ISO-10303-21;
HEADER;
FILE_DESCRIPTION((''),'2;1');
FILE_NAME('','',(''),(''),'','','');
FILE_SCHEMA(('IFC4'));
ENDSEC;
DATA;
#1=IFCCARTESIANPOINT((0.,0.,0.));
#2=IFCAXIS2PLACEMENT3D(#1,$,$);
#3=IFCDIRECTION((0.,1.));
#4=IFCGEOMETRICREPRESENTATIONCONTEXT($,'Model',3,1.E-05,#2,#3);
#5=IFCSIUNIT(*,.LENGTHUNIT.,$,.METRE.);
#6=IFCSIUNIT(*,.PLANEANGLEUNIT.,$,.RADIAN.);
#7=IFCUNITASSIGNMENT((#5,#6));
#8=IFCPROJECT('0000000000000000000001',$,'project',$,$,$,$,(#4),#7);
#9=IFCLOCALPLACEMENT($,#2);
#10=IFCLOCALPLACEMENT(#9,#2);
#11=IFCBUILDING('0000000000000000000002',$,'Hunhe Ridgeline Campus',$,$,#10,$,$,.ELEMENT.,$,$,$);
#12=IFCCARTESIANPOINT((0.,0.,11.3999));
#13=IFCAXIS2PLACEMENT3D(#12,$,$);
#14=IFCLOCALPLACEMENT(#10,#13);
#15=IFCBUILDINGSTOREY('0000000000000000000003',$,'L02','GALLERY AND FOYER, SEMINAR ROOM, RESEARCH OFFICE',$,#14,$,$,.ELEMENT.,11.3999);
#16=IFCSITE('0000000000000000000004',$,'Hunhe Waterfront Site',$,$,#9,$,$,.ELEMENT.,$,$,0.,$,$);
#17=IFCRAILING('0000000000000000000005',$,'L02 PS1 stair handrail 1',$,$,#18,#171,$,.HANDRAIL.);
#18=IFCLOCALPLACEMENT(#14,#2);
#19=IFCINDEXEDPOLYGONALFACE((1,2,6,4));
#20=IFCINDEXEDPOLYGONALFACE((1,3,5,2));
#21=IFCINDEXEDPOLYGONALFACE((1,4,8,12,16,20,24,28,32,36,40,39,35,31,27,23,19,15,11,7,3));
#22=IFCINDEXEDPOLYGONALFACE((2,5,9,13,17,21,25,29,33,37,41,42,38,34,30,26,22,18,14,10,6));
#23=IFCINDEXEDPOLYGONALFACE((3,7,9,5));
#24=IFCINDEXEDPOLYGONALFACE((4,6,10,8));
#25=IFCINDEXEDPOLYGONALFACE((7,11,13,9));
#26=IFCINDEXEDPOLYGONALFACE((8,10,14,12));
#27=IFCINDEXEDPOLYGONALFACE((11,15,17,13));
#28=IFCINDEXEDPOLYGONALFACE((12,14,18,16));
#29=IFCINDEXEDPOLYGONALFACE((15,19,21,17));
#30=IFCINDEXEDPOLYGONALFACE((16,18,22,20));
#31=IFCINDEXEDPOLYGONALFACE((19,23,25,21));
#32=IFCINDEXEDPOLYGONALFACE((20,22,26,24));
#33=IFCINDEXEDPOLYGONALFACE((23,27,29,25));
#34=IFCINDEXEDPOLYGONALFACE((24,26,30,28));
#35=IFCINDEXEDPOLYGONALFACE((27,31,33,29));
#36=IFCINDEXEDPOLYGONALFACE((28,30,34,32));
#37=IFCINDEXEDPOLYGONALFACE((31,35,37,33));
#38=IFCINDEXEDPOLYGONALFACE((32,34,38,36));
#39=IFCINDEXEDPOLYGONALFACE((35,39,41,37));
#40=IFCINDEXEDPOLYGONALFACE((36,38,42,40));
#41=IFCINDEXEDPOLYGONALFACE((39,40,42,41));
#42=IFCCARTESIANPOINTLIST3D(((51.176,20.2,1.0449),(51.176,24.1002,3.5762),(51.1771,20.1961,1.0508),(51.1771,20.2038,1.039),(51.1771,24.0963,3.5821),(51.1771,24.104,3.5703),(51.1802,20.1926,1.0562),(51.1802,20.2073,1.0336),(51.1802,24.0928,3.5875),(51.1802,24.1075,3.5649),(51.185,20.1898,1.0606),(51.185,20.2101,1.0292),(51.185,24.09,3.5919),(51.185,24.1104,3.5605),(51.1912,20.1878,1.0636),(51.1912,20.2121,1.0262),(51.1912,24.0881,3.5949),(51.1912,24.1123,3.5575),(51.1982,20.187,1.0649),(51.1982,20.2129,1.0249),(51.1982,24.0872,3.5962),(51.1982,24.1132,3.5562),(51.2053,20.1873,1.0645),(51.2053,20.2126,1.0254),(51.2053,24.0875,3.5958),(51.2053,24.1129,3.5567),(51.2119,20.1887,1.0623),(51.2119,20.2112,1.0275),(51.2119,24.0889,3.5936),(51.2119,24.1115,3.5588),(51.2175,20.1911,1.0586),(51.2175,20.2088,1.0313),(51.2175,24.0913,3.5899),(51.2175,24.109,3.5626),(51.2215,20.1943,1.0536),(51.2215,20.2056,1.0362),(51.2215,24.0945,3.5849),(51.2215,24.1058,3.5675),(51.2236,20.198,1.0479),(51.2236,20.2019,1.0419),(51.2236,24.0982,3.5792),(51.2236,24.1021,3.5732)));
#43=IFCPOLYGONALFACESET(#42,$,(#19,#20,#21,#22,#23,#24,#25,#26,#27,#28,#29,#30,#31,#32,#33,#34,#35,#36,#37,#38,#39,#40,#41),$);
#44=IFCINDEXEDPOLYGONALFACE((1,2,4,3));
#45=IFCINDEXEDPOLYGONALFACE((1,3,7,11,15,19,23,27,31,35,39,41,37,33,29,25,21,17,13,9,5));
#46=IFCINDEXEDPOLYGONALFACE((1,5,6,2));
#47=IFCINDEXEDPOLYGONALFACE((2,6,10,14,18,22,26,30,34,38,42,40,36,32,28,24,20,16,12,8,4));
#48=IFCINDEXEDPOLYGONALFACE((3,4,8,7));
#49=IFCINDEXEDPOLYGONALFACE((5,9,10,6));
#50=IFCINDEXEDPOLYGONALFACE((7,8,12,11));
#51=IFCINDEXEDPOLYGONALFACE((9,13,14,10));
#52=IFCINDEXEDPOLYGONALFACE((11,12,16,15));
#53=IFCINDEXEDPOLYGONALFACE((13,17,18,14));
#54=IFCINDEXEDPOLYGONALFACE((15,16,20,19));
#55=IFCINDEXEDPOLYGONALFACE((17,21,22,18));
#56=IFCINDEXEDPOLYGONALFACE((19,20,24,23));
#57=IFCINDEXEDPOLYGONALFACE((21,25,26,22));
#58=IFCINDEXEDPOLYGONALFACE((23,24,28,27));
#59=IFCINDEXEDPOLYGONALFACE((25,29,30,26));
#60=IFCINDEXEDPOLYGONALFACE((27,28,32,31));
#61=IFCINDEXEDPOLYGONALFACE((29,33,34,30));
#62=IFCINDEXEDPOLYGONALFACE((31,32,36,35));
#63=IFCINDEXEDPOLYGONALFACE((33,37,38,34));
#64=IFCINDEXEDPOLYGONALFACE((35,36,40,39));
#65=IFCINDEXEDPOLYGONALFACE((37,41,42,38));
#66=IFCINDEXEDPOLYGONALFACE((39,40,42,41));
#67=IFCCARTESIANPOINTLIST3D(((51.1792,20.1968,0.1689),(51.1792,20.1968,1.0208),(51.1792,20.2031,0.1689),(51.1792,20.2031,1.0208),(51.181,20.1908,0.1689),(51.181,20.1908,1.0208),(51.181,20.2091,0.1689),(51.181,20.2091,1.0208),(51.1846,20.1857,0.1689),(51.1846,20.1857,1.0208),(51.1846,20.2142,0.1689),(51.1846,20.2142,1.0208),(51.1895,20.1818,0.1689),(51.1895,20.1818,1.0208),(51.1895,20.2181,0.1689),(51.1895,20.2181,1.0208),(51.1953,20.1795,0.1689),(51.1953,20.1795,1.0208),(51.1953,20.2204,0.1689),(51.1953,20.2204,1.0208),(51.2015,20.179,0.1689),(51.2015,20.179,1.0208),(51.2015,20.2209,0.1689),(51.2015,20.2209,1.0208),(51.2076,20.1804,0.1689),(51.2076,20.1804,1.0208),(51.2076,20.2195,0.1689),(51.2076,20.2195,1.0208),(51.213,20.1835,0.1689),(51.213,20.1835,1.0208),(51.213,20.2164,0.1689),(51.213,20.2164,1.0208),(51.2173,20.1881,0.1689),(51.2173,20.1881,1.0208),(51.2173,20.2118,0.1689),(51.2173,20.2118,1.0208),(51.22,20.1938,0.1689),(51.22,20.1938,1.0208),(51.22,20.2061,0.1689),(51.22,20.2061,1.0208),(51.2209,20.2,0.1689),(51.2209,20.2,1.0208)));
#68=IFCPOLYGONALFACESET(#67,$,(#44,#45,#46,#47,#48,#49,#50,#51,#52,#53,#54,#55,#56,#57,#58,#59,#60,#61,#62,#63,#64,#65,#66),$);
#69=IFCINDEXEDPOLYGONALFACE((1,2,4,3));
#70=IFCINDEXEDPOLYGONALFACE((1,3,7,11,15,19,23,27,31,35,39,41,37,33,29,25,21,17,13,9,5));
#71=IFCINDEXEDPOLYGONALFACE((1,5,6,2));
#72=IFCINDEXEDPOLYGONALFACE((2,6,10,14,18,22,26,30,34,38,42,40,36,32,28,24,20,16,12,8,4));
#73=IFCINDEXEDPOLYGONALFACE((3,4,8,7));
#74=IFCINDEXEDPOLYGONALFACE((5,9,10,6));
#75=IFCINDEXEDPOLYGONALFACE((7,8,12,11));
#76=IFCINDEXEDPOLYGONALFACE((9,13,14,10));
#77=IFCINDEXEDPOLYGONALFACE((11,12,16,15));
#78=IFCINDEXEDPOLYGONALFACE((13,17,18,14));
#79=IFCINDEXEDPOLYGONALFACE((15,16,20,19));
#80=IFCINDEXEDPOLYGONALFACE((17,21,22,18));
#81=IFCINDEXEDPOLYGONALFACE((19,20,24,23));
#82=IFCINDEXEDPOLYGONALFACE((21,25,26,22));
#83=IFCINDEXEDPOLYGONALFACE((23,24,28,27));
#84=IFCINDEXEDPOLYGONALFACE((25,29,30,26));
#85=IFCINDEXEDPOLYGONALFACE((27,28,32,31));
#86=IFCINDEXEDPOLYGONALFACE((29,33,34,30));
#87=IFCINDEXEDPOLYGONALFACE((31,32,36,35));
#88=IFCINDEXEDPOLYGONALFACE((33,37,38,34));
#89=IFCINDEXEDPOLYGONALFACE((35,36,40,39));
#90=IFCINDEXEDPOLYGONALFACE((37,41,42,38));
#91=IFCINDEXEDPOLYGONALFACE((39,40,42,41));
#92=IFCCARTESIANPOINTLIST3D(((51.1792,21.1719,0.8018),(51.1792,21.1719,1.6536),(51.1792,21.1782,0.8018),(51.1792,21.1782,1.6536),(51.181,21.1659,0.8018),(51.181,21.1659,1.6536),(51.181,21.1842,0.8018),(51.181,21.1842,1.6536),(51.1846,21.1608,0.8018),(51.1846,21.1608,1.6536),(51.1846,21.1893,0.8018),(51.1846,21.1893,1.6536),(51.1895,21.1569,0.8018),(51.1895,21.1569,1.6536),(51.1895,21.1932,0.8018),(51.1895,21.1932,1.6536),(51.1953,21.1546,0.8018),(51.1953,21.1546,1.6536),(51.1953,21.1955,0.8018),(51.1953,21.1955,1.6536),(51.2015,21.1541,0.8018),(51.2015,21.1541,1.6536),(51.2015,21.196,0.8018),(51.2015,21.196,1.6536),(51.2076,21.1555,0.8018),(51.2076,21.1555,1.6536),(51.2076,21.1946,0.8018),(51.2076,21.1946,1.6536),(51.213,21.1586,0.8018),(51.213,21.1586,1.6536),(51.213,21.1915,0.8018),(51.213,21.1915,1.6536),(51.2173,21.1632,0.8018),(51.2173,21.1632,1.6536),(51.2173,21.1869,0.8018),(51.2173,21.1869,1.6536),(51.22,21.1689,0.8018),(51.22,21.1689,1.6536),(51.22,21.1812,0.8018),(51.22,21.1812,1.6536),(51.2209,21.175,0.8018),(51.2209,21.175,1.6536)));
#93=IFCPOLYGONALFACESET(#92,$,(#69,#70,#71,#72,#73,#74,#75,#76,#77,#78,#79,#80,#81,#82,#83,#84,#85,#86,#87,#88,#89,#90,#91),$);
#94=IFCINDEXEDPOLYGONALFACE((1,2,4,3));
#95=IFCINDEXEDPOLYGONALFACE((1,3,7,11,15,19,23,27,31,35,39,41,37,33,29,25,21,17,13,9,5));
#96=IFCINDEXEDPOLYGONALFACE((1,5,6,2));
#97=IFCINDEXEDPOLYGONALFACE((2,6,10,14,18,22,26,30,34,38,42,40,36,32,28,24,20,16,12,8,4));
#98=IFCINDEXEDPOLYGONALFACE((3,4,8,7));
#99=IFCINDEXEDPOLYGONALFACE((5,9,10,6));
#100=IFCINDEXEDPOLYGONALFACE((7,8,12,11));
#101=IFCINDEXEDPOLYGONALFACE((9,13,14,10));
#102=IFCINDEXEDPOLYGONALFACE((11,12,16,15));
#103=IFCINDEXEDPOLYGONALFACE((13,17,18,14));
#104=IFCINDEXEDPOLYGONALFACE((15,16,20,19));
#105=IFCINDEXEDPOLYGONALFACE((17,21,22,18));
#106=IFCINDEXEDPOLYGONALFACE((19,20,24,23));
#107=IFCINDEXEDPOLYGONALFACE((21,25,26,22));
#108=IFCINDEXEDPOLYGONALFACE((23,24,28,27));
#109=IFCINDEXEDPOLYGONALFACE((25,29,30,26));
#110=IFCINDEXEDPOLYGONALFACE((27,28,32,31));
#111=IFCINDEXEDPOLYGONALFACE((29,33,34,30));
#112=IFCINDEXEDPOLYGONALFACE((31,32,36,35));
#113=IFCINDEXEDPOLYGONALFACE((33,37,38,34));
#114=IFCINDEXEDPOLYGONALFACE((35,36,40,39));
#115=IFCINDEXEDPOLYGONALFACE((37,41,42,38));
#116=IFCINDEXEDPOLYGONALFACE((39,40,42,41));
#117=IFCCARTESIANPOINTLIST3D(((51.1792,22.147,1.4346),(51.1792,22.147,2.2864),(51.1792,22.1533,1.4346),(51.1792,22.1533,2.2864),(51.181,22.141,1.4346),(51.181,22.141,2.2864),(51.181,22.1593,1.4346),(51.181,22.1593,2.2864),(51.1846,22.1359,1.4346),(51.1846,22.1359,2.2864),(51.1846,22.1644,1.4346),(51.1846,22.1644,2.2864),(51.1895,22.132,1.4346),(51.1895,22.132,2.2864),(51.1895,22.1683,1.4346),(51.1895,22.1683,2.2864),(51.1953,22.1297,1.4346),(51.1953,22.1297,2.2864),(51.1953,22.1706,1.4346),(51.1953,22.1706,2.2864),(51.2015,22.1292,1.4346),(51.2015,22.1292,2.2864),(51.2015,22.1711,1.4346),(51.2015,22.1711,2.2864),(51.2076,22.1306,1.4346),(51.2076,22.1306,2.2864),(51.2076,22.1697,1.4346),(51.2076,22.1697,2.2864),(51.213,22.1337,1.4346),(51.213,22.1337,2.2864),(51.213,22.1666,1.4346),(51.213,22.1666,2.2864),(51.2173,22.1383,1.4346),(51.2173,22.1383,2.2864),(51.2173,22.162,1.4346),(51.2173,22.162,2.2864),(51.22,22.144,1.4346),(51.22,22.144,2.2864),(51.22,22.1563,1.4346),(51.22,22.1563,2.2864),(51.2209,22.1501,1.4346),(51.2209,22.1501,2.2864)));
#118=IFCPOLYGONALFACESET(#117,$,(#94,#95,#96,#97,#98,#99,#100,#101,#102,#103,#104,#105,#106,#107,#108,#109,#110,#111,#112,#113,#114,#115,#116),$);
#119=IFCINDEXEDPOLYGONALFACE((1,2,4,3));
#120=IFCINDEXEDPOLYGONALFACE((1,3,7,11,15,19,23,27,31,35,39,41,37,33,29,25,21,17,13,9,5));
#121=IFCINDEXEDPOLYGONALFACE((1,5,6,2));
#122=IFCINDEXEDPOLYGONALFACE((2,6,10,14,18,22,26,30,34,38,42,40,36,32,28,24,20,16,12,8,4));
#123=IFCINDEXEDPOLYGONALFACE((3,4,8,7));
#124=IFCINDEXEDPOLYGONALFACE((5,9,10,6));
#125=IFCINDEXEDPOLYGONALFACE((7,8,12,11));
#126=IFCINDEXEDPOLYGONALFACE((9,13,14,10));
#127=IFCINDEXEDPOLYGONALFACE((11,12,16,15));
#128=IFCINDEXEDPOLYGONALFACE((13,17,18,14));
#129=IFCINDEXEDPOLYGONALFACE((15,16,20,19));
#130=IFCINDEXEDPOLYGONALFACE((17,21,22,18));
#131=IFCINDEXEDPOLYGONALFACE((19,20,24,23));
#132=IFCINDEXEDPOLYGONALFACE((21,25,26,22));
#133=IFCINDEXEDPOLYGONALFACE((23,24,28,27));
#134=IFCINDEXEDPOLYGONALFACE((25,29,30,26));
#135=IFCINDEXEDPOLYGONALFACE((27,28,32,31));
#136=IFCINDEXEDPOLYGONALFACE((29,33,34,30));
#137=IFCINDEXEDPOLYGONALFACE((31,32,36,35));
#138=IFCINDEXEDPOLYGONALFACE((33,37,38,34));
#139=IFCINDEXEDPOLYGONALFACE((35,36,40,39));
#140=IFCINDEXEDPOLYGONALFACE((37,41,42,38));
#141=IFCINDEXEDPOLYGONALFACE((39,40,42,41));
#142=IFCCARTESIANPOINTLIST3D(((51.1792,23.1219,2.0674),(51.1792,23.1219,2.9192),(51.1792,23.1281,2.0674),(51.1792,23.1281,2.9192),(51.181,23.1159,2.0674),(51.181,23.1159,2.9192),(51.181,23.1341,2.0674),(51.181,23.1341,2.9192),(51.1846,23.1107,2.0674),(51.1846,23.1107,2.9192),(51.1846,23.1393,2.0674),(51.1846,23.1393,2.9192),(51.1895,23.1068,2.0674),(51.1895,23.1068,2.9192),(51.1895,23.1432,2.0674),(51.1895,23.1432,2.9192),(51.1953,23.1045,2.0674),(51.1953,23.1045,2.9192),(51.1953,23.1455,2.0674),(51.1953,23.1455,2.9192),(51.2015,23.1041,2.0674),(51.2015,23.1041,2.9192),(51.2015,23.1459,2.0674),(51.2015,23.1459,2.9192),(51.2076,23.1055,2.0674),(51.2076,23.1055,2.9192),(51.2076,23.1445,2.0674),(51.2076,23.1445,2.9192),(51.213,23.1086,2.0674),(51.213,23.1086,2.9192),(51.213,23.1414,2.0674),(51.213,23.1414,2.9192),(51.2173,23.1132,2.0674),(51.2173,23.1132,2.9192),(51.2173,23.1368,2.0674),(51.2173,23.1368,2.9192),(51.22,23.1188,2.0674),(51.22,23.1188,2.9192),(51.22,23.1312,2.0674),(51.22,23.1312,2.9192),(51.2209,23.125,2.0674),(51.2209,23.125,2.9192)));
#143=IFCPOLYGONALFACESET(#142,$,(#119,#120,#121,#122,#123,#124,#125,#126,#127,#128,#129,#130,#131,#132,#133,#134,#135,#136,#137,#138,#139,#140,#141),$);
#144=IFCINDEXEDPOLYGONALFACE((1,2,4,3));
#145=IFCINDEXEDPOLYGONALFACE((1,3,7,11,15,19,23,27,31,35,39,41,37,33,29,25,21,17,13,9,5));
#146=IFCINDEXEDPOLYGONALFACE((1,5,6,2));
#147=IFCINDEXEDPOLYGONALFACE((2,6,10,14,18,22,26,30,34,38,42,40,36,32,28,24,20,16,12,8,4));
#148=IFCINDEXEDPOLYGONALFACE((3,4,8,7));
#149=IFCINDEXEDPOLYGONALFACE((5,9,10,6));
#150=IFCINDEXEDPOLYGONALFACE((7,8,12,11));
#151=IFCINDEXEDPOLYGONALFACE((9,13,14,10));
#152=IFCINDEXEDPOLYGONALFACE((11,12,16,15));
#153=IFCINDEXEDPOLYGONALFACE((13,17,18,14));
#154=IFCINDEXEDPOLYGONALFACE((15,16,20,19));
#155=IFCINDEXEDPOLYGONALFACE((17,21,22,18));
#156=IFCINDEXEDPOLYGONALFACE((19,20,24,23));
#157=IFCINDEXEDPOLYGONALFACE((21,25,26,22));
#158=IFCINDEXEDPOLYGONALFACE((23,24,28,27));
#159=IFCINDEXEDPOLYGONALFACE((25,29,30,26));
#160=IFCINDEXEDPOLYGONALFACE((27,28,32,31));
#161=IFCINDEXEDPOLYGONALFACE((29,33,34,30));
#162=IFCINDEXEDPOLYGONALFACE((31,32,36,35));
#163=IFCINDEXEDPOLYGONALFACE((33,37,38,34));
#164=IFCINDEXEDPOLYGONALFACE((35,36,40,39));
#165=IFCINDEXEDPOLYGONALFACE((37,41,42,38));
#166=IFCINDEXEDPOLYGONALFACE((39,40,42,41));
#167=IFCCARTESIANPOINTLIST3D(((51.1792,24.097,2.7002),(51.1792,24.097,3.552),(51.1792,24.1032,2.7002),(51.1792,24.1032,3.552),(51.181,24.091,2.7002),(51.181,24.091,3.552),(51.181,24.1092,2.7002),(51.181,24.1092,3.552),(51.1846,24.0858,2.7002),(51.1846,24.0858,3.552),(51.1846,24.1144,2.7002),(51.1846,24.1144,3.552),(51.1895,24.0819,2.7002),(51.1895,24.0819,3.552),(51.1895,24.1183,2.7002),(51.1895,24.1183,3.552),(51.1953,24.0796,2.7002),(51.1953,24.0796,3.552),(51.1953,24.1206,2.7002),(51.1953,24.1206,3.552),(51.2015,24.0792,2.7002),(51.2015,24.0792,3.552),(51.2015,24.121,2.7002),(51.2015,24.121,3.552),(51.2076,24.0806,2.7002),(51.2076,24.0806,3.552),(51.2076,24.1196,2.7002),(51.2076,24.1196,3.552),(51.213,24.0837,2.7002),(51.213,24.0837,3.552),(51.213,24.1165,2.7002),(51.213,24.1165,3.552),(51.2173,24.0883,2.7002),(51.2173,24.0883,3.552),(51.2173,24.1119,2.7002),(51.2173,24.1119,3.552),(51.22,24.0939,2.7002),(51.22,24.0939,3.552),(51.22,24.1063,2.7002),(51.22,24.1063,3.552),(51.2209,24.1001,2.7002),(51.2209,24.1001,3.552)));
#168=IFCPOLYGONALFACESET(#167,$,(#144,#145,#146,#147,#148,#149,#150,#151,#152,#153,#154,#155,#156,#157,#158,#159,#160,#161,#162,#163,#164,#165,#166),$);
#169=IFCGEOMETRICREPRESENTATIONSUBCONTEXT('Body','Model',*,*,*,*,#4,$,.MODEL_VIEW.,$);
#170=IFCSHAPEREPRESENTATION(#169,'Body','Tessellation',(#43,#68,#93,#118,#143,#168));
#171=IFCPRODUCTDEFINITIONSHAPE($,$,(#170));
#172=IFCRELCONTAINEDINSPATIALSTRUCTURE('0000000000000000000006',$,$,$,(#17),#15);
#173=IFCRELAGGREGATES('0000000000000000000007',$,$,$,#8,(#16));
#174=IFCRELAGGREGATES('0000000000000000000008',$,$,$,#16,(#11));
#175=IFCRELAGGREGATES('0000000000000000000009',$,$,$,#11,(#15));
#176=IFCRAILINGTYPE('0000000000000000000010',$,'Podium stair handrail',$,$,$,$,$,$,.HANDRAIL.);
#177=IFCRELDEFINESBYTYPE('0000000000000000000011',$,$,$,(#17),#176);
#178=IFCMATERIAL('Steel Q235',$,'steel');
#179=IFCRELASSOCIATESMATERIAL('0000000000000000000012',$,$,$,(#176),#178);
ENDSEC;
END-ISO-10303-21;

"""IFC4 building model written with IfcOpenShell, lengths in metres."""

from ifc_helpers import new_model, si_unit, direction, frame, origin, origin_2d, place, context, subcontext, project, spatial, circle, extrude, material, type_object, element, save


model = new_model("IFC4")

# Units and contexts
model_context = context("Model", 3, precision=1e-05, world=origin(), true_north=direction((0.0, 1.0)))
body_context = subcontext(model_context, "Body", "Model", "MODEL_VIEW")
ifc_project = project(units=[si_unit("LENGTHUNIT", "METRE"), si_unit("PLANEANGLEUNIT", "RADIAN")], contexts=[model_context])

# Site, building, storey
site_placement = place(None, origin())
site = spatial("IfcSite", under=ifc_project, at=site_placement, Name="Hunhe Waterfront Site", CompositionType="ELEMENT", RefElevation=0.0)
building_placement = place(site_placement, origin())
building = spatial("IfcBuilding", under=site, at=building_placement, Name="Hunhe Ridgeline Campus", CompositionType="ELEMENT")
storey_placement = place(building_placement, frame((0.0, 0.0, 11.3999)))
storey = spatial("IfcBuildingStorey", under=building, at=storey_placement, Name="L02", Description="GALLERY AND FOYER, SEMINAR ROOM, RESEARCH OFFICE", CompositionType="ELEMENT", Elevation=11.3999)

# Shared definitions
ifc_material_1 = material(Name="Steel Q235", Category="steel")

# Railing
railing_type_1 = type_object("IfcRailingType", Name="Podium stair handrail", PredefinedType="HANDRAIL", material=ifc_material_1)
railing_1_placement = place(storey_placement, frame((51.2, 20.2, 0.1689)))
element("IfcRailing", 1, at=railing_1_placement, inside=storey, type_object=railing_type_1, Name="L02 PS1 stair handrail 1", PredefinedType="HANDRAIL", context=body_context, shape_type="SweptSolid", body=[
    extrude(circle(Radius=0.0239, at=origin_2d()), frame((0.0, 0.0, 0.876), z_axis=(0.0, 0.838821, 0.544407), x_axis=(-1.0, 0.0, 0.0)), (0.0, 0.0, 1.0), 4.6497),
    extrude(circle(Radius=0.021, at=origin_2d()), origin(), (0.0, 0.0, 1.0), 0.8518),
    extrude(circle(Radius=0.021, at=origin_2d()), frame((0.0, 0.9751, 0.6328)), (0.0, 0.0, 1.0), 0.8518),
    extrude(circle(Radius=0.021, at=origin_2d()), frame((0.0, 1.9502, 1.2656)), (0.0, 0.0, 1.0), 0.8518),
    extrude(circle(Radius=0.021, at=origin_2d()), frame((0.0, 2.925, 1.8984)), (0.0, 0.0, 1.0), 0.8518),
    extrude(circle(Radius=0.021, at=origin_2d()), frame((0.0, 3.9001, 2.5312)), (0.0, 0.0, 1.0), 0.8518),
])

save(model, "model.ifc")
